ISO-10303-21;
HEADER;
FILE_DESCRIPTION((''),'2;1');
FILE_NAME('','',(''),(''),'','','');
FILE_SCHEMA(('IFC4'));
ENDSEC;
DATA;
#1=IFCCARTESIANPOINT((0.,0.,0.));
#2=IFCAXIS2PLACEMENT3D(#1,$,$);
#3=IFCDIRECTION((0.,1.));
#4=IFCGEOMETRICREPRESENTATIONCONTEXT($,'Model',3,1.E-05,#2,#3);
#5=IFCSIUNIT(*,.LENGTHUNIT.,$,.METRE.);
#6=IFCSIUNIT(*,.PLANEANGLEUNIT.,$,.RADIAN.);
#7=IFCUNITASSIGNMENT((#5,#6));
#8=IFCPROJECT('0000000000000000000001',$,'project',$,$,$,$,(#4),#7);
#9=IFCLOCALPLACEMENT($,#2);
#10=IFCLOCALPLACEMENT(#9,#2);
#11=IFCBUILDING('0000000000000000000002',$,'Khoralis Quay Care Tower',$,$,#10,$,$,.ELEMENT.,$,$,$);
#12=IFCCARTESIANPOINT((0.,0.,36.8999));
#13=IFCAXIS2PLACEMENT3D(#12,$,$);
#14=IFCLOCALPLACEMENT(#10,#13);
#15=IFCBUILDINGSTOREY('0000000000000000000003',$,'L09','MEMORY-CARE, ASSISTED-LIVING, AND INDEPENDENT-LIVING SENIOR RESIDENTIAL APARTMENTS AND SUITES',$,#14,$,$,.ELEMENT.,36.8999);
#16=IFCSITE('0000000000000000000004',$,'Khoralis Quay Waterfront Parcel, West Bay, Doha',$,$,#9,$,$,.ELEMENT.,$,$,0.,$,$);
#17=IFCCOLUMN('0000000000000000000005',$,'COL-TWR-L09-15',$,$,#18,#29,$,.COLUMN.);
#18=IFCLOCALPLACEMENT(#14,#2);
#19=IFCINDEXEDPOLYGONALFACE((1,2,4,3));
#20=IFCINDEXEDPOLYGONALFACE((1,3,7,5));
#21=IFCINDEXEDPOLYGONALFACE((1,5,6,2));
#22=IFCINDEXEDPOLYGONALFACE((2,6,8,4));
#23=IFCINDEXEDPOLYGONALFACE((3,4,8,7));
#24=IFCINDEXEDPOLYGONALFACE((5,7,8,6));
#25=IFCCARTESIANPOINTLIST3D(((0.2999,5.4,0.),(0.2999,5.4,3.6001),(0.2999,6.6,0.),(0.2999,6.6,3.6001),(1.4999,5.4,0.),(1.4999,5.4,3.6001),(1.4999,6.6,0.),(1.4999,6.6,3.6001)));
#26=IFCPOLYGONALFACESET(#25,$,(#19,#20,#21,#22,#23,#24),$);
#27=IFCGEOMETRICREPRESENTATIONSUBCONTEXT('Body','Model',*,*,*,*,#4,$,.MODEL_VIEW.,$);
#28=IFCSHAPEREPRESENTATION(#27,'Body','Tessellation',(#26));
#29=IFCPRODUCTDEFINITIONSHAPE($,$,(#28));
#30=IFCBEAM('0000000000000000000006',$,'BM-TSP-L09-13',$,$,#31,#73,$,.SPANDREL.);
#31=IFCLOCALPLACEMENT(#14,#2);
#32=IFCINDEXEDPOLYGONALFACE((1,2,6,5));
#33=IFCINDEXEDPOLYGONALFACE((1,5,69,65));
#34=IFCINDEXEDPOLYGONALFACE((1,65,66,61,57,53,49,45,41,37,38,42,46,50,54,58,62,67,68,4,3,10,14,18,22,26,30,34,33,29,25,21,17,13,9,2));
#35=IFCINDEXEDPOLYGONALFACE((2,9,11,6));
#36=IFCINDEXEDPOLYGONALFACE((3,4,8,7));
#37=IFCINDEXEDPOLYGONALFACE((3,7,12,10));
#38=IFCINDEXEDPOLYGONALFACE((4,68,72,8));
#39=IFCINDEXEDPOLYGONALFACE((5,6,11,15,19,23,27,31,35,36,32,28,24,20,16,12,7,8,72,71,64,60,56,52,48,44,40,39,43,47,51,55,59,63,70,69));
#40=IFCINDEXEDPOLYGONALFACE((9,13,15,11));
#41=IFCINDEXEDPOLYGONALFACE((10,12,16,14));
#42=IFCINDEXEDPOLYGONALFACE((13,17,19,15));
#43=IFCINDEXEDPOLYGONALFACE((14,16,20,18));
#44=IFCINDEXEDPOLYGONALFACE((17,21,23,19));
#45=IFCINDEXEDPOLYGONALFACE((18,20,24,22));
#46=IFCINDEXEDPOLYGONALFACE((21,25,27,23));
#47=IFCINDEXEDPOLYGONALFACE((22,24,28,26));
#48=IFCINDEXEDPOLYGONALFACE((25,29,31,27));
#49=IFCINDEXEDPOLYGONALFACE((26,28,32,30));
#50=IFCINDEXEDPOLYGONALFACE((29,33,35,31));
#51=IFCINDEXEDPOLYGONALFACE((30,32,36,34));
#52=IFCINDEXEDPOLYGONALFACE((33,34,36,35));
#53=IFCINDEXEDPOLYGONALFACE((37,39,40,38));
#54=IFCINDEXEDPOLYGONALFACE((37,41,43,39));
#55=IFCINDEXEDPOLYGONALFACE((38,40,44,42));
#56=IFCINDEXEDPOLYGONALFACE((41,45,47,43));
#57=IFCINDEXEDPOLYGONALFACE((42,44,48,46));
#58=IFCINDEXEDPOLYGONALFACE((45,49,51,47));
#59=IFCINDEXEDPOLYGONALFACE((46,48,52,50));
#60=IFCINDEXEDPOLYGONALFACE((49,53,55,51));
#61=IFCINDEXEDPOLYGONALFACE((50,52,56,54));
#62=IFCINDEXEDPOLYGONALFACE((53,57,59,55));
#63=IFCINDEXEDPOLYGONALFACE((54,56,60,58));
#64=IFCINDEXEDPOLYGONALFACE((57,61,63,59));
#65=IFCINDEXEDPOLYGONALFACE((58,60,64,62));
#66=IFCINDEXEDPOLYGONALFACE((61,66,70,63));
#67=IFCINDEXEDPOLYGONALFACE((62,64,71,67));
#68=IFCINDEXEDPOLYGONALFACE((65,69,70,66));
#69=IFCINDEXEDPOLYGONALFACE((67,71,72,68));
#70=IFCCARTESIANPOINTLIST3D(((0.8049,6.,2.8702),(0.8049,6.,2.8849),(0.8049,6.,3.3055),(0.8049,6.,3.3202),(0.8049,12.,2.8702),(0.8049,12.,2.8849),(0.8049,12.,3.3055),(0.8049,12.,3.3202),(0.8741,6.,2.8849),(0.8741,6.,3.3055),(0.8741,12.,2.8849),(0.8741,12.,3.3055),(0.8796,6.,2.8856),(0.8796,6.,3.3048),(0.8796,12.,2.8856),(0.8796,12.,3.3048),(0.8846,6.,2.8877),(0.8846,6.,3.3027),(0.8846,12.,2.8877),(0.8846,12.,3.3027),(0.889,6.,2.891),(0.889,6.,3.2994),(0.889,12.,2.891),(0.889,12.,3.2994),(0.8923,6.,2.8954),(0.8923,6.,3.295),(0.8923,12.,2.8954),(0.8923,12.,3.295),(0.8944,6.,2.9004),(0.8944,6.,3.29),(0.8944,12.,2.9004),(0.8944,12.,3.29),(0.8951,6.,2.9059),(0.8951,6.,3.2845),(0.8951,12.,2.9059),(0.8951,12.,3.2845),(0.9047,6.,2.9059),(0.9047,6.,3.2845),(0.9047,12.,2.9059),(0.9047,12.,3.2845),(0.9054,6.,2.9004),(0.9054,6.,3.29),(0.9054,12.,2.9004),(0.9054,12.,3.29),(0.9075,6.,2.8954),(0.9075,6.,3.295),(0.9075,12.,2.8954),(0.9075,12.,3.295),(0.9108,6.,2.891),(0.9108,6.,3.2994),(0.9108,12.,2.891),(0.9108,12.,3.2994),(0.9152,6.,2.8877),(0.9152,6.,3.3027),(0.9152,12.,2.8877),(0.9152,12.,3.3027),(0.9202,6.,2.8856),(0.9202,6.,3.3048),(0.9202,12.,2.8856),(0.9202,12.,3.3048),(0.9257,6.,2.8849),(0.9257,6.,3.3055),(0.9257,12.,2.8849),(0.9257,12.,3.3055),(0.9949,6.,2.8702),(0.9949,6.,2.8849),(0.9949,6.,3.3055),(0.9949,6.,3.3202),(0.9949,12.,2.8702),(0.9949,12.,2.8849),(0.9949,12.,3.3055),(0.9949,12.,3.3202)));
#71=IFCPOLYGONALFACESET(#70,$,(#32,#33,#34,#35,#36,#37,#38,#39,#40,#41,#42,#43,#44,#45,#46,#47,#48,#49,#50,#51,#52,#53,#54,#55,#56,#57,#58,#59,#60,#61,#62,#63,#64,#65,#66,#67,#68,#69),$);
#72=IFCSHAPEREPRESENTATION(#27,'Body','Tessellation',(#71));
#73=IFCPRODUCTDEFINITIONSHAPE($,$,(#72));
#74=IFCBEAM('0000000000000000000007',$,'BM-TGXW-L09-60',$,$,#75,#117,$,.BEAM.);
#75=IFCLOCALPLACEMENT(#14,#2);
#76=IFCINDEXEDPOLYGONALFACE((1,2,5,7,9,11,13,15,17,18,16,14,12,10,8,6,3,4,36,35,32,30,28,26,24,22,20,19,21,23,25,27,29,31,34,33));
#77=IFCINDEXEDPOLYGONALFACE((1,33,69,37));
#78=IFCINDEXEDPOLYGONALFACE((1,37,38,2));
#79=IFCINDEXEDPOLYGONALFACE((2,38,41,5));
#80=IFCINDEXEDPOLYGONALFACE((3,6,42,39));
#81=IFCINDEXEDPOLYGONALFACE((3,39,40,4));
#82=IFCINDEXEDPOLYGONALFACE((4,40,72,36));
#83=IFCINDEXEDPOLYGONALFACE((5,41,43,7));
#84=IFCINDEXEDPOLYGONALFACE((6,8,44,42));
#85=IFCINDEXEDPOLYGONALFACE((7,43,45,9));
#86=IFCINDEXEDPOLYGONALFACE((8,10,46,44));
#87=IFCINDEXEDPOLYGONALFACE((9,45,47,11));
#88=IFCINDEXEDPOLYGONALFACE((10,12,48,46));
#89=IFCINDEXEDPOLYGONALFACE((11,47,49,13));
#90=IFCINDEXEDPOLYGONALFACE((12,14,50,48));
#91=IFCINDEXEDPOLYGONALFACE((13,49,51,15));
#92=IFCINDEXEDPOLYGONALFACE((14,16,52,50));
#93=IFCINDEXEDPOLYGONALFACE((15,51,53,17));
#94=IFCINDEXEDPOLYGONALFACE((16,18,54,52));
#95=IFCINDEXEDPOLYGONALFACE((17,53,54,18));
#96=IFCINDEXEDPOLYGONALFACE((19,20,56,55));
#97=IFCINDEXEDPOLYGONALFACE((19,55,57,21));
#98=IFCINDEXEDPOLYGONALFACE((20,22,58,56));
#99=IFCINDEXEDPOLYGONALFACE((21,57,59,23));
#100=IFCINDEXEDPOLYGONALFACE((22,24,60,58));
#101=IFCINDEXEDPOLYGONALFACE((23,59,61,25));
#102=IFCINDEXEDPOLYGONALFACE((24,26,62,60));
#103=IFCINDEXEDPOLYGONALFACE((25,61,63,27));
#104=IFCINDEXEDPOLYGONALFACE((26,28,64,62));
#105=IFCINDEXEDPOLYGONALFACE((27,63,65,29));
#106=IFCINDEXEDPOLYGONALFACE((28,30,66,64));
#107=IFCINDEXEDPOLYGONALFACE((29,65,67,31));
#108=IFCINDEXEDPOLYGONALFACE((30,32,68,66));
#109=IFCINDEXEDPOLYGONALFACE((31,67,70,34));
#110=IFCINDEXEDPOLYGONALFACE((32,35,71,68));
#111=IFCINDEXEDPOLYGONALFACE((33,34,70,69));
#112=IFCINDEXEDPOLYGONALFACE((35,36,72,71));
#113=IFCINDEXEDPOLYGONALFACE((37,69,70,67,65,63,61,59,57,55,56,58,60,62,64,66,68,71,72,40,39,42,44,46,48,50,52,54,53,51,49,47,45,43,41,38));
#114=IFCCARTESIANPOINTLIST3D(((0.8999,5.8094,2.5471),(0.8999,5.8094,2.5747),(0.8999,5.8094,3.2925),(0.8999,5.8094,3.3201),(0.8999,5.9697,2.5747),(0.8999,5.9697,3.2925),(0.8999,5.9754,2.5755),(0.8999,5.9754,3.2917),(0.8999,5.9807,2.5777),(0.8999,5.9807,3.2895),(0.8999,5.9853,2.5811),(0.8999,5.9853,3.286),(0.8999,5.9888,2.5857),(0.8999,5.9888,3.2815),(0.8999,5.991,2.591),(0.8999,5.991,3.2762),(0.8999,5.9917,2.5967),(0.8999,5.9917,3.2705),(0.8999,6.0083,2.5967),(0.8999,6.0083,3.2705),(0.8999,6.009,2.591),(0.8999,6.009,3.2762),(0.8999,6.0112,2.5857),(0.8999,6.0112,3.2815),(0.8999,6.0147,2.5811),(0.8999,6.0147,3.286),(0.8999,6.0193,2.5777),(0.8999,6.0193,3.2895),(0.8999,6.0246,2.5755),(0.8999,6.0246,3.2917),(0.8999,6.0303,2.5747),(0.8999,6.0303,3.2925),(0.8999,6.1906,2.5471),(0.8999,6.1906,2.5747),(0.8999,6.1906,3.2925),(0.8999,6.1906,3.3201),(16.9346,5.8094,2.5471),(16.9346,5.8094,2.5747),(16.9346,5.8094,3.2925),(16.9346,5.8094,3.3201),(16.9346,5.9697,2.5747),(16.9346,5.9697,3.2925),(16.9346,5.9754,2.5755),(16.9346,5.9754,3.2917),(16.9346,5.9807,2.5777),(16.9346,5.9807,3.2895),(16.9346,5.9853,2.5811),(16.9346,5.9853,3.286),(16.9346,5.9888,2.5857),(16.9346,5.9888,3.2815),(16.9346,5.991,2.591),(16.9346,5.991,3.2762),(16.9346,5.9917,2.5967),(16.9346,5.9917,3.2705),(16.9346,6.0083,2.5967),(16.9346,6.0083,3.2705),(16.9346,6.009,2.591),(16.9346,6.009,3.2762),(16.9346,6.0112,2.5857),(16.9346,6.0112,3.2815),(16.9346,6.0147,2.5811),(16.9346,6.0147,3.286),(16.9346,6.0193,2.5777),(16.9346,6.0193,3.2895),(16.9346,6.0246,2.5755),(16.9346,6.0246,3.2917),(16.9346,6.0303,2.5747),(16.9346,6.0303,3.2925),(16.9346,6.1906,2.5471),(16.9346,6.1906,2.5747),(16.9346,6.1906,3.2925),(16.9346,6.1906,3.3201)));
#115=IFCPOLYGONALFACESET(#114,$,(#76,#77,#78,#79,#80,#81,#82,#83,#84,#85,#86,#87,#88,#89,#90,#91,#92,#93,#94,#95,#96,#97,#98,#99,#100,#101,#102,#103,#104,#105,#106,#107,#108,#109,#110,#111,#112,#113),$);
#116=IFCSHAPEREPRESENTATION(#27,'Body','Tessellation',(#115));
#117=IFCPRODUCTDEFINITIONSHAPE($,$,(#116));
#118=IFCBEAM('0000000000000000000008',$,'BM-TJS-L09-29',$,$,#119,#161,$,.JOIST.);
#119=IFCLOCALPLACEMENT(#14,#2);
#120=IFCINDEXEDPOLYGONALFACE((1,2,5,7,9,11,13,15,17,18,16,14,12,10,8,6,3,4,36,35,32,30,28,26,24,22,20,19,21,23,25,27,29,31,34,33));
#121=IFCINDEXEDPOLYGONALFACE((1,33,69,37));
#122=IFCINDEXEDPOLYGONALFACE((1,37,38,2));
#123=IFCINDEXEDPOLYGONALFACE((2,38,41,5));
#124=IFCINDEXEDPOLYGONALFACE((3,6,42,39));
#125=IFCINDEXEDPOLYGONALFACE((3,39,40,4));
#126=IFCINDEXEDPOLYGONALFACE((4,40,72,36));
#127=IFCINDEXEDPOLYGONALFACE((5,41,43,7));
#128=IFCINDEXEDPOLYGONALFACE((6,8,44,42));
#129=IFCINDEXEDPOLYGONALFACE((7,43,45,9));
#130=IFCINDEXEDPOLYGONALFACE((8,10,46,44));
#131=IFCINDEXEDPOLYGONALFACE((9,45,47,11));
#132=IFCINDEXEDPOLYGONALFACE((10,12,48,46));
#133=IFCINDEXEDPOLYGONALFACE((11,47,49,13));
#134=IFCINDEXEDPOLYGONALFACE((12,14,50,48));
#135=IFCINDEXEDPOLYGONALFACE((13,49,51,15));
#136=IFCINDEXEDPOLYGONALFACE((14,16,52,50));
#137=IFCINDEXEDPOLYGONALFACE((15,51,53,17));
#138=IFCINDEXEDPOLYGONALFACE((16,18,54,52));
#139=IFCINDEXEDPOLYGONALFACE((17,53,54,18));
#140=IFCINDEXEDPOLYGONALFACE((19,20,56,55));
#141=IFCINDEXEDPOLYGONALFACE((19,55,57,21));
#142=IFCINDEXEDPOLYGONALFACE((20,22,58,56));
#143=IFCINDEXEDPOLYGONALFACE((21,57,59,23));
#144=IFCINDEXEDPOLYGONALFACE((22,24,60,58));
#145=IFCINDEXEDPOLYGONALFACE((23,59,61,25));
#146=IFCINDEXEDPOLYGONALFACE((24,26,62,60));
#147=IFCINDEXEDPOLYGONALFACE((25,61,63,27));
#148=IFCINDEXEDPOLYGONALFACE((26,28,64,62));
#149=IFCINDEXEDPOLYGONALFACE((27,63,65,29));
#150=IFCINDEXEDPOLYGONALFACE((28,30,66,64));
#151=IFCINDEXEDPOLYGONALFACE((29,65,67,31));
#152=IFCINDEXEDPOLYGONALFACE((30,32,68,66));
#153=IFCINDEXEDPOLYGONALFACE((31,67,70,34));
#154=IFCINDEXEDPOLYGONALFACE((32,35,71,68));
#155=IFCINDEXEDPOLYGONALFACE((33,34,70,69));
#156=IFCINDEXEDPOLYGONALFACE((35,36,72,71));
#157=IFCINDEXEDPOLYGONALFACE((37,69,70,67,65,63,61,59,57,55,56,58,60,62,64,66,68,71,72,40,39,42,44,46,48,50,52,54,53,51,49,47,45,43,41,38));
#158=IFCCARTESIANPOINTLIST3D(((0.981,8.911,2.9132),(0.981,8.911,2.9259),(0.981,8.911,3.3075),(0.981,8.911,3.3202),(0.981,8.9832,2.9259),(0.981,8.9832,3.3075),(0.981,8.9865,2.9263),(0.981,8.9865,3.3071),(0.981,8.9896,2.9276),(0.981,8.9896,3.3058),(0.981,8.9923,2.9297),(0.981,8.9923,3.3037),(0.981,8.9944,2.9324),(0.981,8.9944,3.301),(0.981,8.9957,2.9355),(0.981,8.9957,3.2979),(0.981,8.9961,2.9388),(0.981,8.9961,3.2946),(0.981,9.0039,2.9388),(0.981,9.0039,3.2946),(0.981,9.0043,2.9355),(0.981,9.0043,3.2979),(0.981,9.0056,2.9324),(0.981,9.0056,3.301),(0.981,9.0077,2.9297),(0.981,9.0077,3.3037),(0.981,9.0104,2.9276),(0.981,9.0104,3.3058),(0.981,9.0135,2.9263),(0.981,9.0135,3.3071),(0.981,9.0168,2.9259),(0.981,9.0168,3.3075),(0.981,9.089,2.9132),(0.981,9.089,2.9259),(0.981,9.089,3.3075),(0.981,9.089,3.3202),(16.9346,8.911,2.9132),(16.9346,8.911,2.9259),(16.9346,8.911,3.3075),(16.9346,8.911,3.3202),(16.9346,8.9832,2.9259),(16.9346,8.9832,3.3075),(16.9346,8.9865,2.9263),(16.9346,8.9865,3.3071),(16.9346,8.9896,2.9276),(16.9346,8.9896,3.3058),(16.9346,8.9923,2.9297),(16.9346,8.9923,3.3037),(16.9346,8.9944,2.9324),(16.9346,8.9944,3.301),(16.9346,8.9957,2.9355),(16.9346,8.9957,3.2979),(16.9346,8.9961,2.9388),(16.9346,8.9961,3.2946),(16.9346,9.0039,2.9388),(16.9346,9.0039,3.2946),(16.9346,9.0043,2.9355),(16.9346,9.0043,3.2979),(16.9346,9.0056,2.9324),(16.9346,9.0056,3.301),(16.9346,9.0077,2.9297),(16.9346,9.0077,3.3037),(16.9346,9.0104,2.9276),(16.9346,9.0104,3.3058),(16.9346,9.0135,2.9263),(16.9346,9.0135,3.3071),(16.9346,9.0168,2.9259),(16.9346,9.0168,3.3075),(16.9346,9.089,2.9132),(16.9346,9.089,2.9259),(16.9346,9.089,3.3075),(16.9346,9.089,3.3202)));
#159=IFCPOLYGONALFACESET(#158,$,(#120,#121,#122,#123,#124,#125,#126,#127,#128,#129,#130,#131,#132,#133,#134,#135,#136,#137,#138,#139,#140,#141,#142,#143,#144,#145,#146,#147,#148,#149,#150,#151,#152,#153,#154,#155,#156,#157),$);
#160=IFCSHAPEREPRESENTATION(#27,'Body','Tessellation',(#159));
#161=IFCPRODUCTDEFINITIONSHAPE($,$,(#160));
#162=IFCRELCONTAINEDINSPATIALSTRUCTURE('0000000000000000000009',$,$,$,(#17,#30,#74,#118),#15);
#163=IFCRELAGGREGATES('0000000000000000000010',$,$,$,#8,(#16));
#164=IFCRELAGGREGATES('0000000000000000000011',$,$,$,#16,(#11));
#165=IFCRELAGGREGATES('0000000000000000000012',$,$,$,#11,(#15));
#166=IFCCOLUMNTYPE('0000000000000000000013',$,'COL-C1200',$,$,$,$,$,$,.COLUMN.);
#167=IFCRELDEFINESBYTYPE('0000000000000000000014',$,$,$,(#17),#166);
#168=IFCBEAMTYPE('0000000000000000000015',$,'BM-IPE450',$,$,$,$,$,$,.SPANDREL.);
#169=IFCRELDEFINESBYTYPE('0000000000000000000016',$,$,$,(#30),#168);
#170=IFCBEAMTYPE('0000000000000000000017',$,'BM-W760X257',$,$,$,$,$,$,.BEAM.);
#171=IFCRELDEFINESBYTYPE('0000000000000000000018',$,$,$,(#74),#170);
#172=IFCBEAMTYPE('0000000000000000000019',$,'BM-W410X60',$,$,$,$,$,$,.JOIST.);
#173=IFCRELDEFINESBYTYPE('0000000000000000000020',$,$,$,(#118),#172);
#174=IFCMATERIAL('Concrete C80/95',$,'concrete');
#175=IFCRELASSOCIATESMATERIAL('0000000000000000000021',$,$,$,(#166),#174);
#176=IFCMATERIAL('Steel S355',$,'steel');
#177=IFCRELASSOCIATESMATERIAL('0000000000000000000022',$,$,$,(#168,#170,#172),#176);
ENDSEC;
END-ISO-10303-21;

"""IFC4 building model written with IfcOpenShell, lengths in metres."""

from ifc_helpers import new_model, si_unit, direction, frame, origin, origin_2d, place, context, subcontext, project, spatial, rectangle, i_section, extrude, source, transform, mapped, material, material_profile, profile_set, type_object, element, save


model = new_model("IFC4")

# Units and contexts
model_context = context("Model", 3, precision=1e-05, world=origin(), true_north=direction((0.0, 1.0)))
body_context = subcontext(model_context, "Body", "Model", "MODEL_VIEW")
ifc_project = project(units=[si_unit("LENGTHUNIT", "METRE"), si_unit("PLANEANGLEUNIT", "RADIAN")], contexts=[model_context])

# Site, building, storey
site_placement = place(None, origin())
site = spatial("IfcSite", under=ifc_project, at=site_placement, Name="Khoralis Quay Waterfront Parcel, West Bay, Doha", CompositionType="ELEMENT", RefElevation=0.0)
building_placement = place(site_placement, origin())
building = spatial("IfcBuilding", under=site, at=building_placement, Name="Khoralis Quay Care Tower", CompositionType="ELEMENT")
storey_placement = place(building_placement, frame((0.0, 0.0, 36.8999)))
storey = spatial("IfcBuildingStorey", under=building, at=storey_placement, Name="L09", Description="MEMORY-CARE, ASSISTED-LIVING, AND INDEPENDENT-LIVING SENIOR RESIDENTIAL APARTMENTS AND SUITES", CompositionType="ELEMENT", Elevation=36.8999)

# Column
ifc_material_1 = material(Name="Concrete C80/95", Category="concrete")
ifc_material_profile_1 = material_profile(ifc_material_1, rectangle(XDim=1.2, YDim=1.2, at=origin_2d()), Name="Concrete C80/95")
ifc_profile_set_1 = profile_set([ifc_material_profile_1], Name="Concrete C80/95")
column_type = type_object("IfcColumnType", Name="COL-C1200", PredefinedType="COLUMN", material=ifc_profile_set_1)
shared_shape_1 = source(origin(), body_context, "Body", "SweptSolid", [
    extrude(rectangle(XDim=1.2, YDim=1.2, at=origin_2d()), origin(), (0.0, 0.0, 1.0), 3.6001),
])
column_placement = place(storey_placement, frame((0.8999, 6.0, 0.0), z_axis=(0.0, 0.0, 1.0), x_axis=(1.0, 0.0, 0.0)))
element("IfcColumn", 1, at=column_placement, inside=storey, type_object=column_type, Name="COL-TWR-L09-15", PredefinedType="COLUMN", context=body_context, shape_type="MappedRepresentation", body=[
    mapped(shared_shape_1, transform((0.0, 0.0, 0.0), scale=1.0)),
])

# Beams
ifc_material_2 = material(Name="Steel S355", Category="steel")
ifc_material_profile_2 = material_profile(ifc_material_2, i_section(OverallWidth=0.1899, OverallDepth=0.45, WebThickness=0.0095, FlangeThickness=0.0146, FilletRadius=0.021, at=origin_2d()), Name="Steel S355")
ifc_profile_set_2 = profile_set([ifc_material_profile_2], Name="Steel S355")
beam_type_1 = type_object("IfcBeamType", Name="BM-IPE450", PredefinedType="SPANDREL", material=ifc_profile_set_2)
shared_shape_2 = source(origin(), body_context, "Body", "SweptSolid", [
    extrude(i_section(OverallWidth=0.1899, OverallDepth=0.45, WebThickness=0.0095, FlangeThickness=0.0146, FilletRadius=0.021, at=origin_2d()), origin(), (0.0, 0.0, 1.0), 6.0),
])
beam_1_placement = place(storey_placement, frame((0.8999, 6.0, 3.0952), z_axis=(0.0, 1.0, 0.0), x_axis=(-1.0, 0.0, 0.0)))
element("IfcBeam", 2, at=beam_1_placement, inside=storey, type_object=beam_type_1, Name="BM-TSP-L09-13", PredefinedType="SPANDREL", context=body_context, shape_type="MappedRepresentation", body=[
    mapped(shared_shape_2, transform((0.0, 0.0, 0.0), scale=1.0)),
])
ifc_material_profile_3 = material_profile(ifc_material_2, i_section(OverallWidth=0.3811, OverallDepth=0.7729, WebThickness=0.0166, FlangeThickness=0.0276, FilletRadius=0.022, at=origin_2d()), Name="Steel S355")
ifc_profile_set_3 = profile_set([ifc_material_profile_3], Name="Steel S355")
beam_type_2 = type_object("IfcBeamType", Name="BM-W760X257", PredefinedType="BEAM", material=ifc_profile_set_3)
shared_shape_3 = source(origin(), body_context, "Body", "SweptSolid", [
    extrude(i_section(OverallWidth=0.3811, OverallDepth=0.7729, WebThickness=0.0166, FlangeThickness=0.0276, FilletRadius=0.022, at=origin_2d()), origin(), (0.0, 0.0, 1.0), 16.0347),
])
beam_2_placement = place(storey_placement, frame((0.8999, 6.0, 2.9336), z_axis=(1.0, 0.0, 0.0), x_axis=(0.0, 1.0, 0.0)))
element("IfcBeam", 3, at=beam_2_placement, inside=storey, type_object=beam_type_2, Name="BM-TGXW-L09-60", PredefinedType="BEAM", context=body_context, shape_type="MappedRepresentation", body=[
    mapped(shared_shape_3, transform((0.0, 0.0, 0.0), scale=1.0)),
])
ifc_material_profile_4 = material_profile(ifc_material_2, i_section(OverallWidth=0.178, OverallDepth=0.407, WebThickness=0.0078, FlangeThickness=0.0127, FilletRadius=0.0129, at=origin_2d()), Name="Steel S355")
ifc_profile_set_4 = profile_set([ifc_material_profile_4], Name="Steel S355")
beam_type_3 = type_object("IfcBeamType", Name="BM-W410X60", PredefinedType="JOIST", material=ifc_profile_set_4)
shared_shape_4 = source(origin(), body_context, "Body", "SweptSolid", [
    extrude(i_section(OverallWidth=0.178, OverallDepth=0.407, WebThickness=0.0078, FlangeThickness=0.0127, FilletRadius=0.0129, at=origin_2d()), origin(), (0.0, 0.0, 1.0), 15.9536),
])
beam_3_placement = place(storey_placement, frame((0.981, 9.0, 3.1167), z_axis=(1.0, 0.0, 0.0), x_axis=(0.0, 1.0, 0.0)))
element("IfcBeam", 4, at=beam_3_placement, inside=storey, type_object=beam_type_3, Name="BM-TJS-L09-29", PredefinedType="JOIST", context=body_context, shape_type="MappedRepresentation", body=[
    mapped(shared_shape_4, transform((0.0, 0.0, 0.0), scale=1.0)),
])

save(model, "model.ifc")
